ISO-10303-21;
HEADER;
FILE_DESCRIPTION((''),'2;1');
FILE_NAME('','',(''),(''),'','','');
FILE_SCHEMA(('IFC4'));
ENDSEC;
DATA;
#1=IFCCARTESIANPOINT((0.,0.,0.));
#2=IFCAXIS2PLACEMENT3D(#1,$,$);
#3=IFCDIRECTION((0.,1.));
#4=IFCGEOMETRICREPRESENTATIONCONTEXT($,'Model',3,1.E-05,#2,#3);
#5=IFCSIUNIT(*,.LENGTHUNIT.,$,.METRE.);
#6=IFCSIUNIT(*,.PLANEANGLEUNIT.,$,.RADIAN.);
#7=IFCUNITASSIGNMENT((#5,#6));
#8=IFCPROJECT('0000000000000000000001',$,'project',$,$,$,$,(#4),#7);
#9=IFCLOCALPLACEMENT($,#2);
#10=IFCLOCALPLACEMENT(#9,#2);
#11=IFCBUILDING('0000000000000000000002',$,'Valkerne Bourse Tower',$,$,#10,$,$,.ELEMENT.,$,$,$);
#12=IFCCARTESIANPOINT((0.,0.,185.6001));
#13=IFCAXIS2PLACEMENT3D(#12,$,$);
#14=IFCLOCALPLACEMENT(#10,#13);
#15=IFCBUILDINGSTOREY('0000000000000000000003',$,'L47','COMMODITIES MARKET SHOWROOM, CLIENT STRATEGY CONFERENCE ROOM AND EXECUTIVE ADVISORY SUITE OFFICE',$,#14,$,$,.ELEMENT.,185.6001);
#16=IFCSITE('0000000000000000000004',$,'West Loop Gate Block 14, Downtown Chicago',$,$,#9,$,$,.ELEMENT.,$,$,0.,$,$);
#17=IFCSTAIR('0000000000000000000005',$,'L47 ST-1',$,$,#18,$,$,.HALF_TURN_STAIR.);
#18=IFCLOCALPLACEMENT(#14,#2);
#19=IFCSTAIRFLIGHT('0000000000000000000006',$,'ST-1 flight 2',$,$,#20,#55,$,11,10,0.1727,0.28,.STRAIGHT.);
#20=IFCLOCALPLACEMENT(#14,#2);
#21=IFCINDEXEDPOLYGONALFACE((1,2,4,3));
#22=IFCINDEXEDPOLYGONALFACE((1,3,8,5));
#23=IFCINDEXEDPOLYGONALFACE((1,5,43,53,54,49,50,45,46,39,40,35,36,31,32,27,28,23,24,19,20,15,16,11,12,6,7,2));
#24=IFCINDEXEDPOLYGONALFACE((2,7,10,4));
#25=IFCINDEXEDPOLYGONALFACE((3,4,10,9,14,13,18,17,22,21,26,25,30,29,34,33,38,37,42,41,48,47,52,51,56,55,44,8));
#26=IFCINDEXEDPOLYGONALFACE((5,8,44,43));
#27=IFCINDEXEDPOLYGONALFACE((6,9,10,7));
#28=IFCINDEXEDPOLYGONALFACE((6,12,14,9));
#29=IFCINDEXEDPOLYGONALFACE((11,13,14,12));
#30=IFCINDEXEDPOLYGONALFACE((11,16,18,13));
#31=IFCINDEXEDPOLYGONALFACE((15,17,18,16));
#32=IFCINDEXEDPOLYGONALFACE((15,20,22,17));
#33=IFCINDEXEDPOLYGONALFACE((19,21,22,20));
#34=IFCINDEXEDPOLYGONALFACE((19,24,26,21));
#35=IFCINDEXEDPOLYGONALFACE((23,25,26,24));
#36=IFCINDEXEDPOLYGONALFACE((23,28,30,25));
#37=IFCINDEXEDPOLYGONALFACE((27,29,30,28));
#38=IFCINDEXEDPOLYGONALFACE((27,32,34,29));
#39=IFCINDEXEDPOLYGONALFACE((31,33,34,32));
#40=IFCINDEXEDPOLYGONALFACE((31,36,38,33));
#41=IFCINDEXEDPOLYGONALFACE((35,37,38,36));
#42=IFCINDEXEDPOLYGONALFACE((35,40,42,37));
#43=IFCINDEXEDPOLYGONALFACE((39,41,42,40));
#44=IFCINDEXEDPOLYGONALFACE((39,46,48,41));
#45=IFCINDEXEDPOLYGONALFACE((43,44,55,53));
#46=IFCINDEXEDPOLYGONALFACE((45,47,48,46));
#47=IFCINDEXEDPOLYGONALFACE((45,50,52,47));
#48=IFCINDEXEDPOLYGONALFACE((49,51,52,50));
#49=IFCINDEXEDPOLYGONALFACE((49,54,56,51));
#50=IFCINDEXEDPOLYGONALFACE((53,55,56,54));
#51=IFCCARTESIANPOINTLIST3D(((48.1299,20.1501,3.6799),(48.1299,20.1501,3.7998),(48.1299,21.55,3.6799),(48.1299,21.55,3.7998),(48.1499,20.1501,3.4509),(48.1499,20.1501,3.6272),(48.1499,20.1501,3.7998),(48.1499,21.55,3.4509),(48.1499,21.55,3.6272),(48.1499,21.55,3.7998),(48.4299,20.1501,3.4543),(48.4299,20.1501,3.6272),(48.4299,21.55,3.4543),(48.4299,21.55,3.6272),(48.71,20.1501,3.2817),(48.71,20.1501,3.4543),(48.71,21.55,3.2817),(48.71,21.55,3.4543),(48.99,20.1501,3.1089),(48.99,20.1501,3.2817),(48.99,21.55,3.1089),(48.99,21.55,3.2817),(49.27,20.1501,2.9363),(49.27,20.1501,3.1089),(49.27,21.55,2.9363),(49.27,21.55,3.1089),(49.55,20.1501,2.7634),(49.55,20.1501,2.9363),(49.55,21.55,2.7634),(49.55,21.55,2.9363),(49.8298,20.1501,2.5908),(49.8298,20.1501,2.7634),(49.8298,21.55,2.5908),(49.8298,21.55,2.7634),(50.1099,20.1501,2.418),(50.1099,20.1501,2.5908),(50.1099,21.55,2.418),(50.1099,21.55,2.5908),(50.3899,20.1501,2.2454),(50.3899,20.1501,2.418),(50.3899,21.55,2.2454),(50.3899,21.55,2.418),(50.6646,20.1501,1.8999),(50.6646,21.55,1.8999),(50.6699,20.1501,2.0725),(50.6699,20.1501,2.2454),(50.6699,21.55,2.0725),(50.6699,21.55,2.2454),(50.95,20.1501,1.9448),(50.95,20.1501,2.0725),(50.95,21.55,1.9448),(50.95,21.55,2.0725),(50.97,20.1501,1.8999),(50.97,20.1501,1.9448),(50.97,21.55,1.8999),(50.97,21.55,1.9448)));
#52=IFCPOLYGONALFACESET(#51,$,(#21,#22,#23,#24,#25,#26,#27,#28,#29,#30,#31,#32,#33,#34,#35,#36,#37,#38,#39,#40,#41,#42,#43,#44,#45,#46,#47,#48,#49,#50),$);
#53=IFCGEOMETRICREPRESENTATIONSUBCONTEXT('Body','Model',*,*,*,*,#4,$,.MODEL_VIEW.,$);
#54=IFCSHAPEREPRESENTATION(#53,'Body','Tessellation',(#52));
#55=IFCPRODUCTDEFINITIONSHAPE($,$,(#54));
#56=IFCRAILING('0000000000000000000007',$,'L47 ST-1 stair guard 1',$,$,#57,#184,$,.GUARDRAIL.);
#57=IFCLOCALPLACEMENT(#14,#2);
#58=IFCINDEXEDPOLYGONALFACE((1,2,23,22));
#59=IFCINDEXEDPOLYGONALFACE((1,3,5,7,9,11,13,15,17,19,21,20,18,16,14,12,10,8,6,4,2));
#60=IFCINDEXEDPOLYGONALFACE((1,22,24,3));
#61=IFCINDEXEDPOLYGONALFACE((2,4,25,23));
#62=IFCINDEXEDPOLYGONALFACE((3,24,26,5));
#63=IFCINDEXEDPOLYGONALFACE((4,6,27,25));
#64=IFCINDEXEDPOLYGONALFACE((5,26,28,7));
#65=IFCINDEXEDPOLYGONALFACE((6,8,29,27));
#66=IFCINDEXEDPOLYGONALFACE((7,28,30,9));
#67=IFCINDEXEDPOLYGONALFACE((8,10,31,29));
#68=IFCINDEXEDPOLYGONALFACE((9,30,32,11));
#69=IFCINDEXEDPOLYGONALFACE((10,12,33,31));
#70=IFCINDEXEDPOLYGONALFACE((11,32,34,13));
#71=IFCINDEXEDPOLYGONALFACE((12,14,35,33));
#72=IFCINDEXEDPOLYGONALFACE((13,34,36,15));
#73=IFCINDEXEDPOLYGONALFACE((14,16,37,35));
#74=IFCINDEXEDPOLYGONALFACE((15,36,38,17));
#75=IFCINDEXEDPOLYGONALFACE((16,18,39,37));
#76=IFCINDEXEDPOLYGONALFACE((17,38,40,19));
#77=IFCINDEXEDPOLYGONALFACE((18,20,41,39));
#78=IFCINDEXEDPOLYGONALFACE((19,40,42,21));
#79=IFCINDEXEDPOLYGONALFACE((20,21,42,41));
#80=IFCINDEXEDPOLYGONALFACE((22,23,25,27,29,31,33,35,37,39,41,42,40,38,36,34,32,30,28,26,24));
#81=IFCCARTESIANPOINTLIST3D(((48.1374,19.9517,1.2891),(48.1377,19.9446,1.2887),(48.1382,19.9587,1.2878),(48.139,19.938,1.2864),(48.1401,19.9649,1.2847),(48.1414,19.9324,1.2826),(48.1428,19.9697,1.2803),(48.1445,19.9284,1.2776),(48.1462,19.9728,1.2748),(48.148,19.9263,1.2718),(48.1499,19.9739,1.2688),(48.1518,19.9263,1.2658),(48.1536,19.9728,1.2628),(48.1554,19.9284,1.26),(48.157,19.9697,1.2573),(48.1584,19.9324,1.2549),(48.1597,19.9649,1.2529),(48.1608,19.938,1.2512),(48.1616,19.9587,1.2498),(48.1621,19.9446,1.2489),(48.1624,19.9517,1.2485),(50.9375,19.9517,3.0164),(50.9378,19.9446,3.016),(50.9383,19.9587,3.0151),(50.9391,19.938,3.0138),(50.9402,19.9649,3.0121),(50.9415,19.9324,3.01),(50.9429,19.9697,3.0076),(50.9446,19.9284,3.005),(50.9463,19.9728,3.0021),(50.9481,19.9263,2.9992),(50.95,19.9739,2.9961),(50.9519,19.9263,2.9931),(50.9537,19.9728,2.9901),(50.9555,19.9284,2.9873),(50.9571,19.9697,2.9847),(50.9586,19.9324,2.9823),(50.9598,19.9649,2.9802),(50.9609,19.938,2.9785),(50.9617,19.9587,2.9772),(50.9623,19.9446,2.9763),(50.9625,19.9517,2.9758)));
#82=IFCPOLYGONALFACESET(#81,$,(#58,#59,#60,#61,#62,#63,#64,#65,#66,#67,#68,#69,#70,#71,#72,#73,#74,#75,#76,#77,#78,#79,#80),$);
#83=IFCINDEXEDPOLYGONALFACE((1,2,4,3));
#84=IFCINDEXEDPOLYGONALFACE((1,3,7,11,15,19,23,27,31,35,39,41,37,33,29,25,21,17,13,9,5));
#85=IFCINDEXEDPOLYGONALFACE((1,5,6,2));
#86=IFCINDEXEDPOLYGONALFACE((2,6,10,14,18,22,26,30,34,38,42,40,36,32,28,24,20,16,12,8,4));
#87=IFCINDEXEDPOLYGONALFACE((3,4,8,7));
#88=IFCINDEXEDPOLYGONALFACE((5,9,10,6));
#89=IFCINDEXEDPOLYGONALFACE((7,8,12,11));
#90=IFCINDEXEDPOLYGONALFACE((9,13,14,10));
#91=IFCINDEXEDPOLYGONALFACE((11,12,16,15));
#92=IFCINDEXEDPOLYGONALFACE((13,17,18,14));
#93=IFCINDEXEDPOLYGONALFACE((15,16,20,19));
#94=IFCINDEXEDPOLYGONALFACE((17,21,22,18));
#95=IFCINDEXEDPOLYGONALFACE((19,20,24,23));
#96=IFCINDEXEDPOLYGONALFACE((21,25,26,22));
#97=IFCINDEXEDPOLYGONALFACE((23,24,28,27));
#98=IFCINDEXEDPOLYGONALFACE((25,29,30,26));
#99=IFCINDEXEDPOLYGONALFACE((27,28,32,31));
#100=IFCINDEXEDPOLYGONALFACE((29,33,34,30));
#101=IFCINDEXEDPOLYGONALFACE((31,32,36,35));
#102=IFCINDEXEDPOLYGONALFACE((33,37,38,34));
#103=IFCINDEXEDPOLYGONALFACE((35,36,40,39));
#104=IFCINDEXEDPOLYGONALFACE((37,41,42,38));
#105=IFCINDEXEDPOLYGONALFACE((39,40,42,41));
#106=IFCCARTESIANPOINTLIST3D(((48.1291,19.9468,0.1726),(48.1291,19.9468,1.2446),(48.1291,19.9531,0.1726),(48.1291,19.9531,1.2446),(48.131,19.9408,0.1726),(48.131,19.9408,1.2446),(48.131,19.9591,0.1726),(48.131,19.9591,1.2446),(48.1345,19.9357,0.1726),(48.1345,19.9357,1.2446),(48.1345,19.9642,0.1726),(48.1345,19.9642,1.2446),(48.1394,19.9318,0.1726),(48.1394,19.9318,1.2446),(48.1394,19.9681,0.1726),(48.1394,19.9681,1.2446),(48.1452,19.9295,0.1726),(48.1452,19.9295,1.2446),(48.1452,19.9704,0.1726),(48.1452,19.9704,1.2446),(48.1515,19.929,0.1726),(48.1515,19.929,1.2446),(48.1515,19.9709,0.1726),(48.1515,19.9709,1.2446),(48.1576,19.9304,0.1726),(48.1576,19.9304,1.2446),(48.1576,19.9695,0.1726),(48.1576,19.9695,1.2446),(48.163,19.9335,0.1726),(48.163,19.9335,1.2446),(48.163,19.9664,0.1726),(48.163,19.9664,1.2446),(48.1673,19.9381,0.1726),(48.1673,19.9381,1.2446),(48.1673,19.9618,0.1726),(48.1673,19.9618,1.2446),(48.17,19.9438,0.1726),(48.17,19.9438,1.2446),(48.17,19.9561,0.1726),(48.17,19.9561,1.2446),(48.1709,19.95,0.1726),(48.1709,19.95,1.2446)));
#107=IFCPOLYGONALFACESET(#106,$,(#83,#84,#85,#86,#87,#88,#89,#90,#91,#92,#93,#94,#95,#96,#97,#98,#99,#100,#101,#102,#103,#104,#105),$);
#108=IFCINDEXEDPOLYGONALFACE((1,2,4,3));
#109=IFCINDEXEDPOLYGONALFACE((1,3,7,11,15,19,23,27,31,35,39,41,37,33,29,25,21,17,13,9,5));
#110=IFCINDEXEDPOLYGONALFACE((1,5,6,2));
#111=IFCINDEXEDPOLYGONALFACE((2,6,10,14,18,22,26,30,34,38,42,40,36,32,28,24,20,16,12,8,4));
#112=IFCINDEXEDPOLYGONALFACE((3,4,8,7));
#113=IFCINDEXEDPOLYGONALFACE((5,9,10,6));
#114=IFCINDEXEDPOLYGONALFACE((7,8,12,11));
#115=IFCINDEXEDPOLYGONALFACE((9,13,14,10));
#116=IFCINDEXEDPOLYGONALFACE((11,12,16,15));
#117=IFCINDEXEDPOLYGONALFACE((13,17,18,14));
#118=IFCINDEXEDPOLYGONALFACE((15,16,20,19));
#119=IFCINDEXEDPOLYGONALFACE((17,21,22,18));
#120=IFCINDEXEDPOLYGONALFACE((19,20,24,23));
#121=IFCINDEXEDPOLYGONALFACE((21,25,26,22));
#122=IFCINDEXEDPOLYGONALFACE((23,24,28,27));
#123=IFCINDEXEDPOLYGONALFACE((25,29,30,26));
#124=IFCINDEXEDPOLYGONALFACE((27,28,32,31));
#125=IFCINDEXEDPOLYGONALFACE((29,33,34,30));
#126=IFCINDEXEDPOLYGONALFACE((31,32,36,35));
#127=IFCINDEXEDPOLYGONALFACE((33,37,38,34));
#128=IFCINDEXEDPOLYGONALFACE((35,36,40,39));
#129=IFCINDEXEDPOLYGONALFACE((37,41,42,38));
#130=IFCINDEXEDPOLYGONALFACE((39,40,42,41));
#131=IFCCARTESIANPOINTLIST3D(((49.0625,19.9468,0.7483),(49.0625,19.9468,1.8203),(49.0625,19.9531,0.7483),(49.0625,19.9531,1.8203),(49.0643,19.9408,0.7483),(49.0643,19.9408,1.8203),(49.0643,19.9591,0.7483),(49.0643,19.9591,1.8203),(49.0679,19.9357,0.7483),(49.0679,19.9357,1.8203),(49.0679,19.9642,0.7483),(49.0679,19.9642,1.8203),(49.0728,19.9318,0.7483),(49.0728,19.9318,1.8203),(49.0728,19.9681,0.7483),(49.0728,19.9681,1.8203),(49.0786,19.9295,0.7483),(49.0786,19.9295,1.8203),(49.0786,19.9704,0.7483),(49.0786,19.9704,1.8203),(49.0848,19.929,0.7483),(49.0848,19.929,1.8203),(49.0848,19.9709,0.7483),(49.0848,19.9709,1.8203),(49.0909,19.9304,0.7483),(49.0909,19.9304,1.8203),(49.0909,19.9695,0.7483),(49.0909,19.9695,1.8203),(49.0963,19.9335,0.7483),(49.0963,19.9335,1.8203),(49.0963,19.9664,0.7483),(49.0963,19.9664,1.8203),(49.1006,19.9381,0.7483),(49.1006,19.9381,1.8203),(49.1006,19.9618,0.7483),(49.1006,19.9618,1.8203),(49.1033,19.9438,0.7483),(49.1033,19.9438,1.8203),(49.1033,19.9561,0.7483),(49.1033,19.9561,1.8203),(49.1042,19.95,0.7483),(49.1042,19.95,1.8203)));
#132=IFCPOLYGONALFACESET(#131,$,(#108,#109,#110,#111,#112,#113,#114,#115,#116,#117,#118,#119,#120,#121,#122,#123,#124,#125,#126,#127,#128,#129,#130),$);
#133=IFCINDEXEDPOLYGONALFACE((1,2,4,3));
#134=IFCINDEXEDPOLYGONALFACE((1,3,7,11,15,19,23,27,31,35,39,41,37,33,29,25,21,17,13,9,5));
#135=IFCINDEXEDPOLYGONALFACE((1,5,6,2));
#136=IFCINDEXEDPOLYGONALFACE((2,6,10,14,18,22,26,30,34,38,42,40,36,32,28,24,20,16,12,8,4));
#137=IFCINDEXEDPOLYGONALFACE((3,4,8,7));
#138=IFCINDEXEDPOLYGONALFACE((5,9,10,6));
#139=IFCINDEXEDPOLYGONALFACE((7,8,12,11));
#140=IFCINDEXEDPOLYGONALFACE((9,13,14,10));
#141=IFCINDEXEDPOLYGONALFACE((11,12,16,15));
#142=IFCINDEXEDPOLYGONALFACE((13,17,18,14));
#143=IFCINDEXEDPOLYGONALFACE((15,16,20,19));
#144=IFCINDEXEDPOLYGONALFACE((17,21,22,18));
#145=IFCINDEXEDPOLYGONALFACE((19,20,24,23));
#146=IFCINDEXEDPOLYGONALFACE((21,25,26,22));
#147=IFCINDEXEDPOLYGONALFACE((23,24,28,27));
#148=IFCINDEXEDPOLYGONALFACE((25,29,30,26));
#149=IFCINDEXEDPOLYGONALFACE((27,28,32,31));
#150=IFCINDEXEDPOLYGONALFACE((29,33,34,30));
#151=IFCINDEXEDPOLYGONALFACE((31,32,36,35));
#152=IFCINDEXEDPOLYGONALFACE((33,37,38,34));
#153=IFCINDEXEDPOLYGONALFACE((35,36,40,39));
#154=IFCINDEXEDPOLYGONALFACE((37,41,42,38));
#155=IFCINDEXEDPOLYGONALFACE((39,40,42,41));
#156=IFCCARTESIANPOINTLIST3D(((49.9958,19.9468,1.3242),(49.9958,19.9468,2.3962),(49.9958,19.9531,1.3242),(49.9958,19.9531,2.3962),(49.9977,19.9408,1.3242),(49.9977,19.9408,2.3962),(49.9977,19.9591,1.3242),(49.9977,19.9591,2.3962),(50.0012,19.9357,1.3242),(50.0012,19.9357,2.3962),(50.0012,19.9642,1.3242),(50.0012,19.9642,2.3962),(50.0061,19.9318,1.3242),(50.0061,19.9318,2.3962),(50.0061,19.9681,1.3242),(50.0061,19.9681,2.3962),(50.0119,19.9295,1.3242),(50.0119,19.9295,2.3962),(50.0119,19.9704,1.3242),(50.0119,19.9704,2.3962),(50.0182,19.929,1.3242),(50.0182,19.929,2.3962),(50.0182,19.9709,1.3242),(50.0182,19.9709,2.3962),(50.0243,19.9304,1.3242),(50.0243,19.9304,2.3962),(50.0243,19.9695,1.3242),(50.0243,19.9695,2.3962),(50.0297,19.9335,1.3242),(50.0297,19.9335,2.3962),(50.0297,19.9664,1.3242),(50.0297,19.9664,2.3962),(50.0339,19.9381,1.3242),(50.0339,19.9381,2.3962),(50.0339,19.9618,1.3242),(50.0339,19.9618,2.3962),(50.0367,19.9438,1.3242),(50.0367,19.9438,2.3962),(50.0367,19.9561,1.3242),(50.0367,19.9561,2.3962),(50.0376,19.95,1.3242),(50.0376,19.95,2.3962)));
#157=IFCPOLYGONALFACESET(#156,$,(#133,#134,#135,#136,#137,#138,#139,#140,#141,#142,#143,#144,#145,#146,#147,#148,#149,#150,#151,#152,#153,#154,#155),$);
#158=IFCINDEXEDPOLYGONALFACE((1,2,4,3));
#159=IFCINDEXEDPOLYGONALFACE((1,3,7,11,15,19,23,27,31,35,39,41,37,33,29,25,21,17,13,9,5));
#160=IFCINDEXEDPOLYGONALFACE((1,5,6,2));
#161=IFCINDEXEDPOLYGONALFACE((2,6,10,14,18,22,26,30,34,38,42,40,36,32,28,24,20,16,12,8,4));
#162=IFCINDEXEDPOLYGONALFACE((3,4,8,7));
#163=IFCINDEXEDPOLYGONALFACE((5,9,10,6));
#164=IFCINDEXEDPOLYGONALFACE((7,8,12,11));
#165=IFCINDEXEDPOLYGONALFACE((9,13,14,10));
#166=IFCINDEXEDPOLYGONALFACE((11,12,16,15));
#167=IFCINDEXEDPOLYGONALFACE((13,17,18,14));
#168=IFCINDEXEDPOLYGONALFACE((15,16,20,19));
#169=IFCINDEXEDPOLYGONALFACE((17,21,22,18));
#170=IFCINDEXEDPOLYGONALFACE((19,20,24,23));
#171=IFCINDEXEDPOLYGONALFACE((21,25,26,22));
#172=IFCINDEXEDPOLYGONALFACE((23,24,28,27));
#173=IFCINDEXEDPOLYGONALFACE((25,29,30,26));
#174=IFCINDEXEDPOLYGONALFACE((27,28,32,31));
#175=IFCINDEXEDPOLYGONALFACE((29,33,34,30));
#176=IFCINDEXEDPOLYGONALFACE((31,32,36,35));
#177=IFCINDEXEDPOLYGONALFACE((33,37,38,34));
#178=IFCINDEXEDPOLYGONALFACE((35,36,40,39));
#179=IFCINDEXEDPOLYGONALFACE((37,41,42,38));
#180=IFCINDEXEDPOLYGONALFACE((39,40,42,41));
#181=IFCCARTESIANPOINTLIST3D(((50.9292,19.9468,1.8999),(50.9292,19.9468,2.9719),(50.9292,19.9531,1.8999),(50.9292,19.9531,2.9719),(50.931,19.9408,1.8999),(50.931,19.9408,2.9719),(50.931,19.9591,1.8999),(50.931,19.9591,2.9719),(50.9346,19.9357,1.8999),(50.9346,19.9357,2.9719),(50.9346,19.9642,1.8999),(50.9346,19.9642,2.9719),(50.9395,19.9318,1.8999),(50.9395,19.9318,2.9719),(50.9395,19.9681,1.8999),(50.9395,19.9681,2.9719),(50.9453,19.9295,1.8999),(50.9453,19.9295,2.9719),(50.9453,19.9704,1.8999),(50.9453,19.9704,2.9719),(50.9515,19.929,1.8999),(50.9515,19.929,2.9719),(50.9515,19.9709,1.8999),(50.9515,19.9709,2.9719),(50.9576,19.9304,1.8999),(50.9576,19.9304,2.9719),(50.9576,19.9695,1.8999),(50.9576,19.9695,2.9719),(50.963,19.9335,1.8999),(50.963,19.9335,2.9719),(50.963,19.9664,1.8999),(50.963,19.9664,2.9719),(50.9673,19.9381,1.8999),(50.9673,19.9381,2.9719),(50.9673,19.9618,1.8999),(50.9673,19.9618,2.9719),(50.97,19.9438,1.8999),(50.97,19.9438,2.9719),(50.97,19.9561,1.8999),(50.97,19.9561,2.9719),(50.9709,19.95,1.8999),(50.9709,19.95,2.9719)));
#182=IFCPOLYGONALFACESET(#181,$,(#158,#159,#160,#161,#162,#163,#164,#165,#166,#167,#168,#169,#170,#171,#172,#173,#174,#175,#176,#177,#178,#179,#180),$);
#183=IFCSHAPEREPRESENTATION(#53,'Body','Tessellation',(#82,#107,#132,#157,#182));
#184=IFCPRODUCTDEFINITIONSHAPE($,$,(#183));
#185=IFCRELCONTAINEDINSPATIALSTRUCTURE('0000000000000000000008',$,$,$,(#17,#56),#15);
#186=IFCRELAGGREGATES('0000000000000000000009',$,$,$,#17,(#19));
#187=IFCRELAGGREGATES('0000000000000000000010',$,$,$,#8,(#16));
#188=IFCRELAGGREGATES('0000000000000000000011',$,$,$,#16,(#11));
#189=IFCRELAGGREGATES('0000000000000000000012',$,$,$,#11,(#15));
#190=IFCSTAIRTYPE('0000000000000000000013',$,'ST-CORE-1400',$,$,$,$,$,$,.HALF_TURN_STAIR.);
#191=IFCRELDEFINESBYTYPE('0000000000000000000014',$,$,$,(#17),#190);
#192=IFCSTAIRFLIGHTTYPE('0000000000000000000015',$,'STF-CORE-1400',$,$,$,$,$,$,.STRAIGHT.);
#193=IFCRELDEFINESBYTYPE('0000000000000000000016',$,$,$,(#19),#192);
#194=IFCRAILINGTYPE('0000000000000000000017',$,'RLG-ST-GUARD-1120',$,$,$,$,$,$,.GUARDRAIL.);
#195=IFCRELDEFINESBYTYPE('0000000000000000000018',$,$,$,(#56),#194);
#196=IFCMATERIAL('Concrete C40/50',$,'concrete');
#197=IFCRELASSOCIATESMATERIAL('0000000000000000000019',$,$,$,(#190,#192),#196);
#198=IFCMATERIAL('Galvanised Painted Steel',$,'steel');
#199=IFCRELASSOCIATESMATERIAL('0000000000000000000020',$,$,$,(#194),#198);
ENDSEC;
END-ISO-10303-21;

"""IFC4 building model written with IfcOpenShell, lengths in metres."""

from ifc_helpers import new_model, si_unit, direction, frame, origin, origin_2d, place, context, subcontext, project, spatial, polyline, circle, outline, extrude, material, type_object, element, aggregate, save


model = new_model("IFC4")

# Units and contexts
model_context = context("Model", 3, precision=1e-05, world=origin(), true_north=direction((0.0, 1.0)))
body_context = subcontext(model_context, "Body", "Model", "MODEL_VIEW")
ifc_project = project(units=[si_unit("LENGTHUNIT", "METRE"), si_unit("PLANEANGLEUNIT", "RADIAN")], contexts=[model_context])

# Site, building, storey
site_placement = place(None, origin())
site = spatial("IfcSite", under=ifc_project, at=site_placement, Name="West Loop Gate Block 14, Downtown Chicago", CompositionType="ELEMENT", RefElevation=0.0)
building_placement = place(site_placement, origin())
building = spatial("IfcBuilding", under=site, at=building_placement, Name="Valkerne Bourse Tower", CompositionType="ELEMENT")
storey_placement = place(building_placement, frame((0.0, 0.0, 185.6001)))
storey = spatial("IfcBuildingStorey", under=building, at=storey_placement, Name="L47", Description="COMMODITIES MARKET SHOWROOM, CLIENT STRATEGY CONFERENCE ROOM AND EXECUTIVE ADVISORY SUITE OFFICE", CompositionType="ELEMENT", Elevation=185.6001)

# Shared definitions
ifc_material_1 = material(Name="Galvanised Painted Steel", Category="steel")

# Shared definitions
ifc_material_2 = material(Name="Concrete C40/50", Category="concrete")

# Stair, stair flight
stair_type = type_object("IfcStairType", Name="ST-CORE-1400", PredefinedType="HALF_TURN_STAIR", material=ifc_material_2)
stair_placement = place(storey_placement, origin())
stair = element("IfcStair", 1, at=stair_placement, inside=storey, type_object=stair_type, Name="L47 ST-1", PredefinedType="HALF_TURN_STAIR")
stair_flight_type = type_object("IfcStairFlightType", Name="STF-CORE-1400", PredefinedType="STRAIGHT", material=ifc_material_2)
stair_flight_1_placement = place(storey_placement, frame((50.95, 20.8501, 1.8999), z_axis=(0.0, 0.0, 1.0), x_axis=(-1.0, 0.0, 0.0)))
stair_flight_1 = element("IfcStairFlight", 2, at=stair_flight_1_placement, type_object=stair_flight_type, Name="ST-1 flight 2", NumberOfRisers=11, NumberOfTreads=10, PredefinedType="STRAIGHT", RiserHeight=0.1727, TreadLength=0.28, context=body_context, shape_type="SweptSolid", body=[
    extrude(outline(polyline([(-0.02, 0.0), (-0.02, 0.0449), (0.0, 0.0449), (0.0, 0.1726), (0.28, 0.1726), (0.28, 0.3455), (0.5601, 0.3455), (0.5601, 0.5181), (0.8401, 0.5181), (0.8401, 0.6909), (1.1201, 0.6909), (1.1201, 0.8635), (1.3999, 0.8635), (1.3999, 1.0364), (1.6799, 1.0364), (1.6799, 1.209), (1.96, 1.209), (1.96, 1.3818), (2.24, 1.3818), (2.24, 1.5544), (2.52, 1.5544), (2.52, 1.7273), (2.8, 1.7273), (2.8, 1.8999), (2.8201, 1.8999), (2.8201, 1.78), (2.8, 1.551), (0.2854, 0.0), (-0.02, 0.0)])), frame((0.0, 0.7, 0.0), z_axis=(0.0, -1.0, 0.0), x_axis=(1.0, 0.0, 0.0)), (0.0, 0.0, 1.0), 1.3999),
])
aggregate(stair, [stair_flight_1])

# Railing
railing_type_1 = type_object("IfcRailingType", Name="RLG-ST-GUARD-1120", PredefinedType="GUARDRAIL", material=ifc_material_1)
railing_1_placement = place(storey_placement, frame((48.1499, 19.95, 0.1726)))
element("IfcRailing", 3, at=railing_1_placement, inside=storey, type_object=railing_type_1, Name="L47 ST-1 stair guard 1", PredefinedType="GUARDRAIL", context=body_context, shape_type="SweptSolid", body=[
    extrude(circle(Radius=0.0239, at=origin_2d()), frame((0.0, 0.0, 1.0962), z_axis=(0.85109, 0.0, 0.52502), x_axis=(0.0, 1.0, 0.0)), (0.0, 0.0, 1.0), 3.29),
    extrude(circle(Radius=0.021, at=origin_2d()), origin(), (0.0, 0.0, 1.0), 1.072),
    extrude(circle(Radius=0.021, at=origin_2d()), frame((0.9333, 0.0, 0.5757)), (0.0, 0.0, 1.0), 1.072),
    extrude(circle(Radius=0.021, at=origin_2d()), frame((1.8667, 0.0, 1.1516)), (0.0, 0.0, 1.0), 1.072),
    extrude(circle(Radius=0.021, at=origin_2d()), frame((2.8, 0.0, 1.7273)), (0.0, 0.0, 1.0), 1.072),
])

save(model, "model.ifc")
